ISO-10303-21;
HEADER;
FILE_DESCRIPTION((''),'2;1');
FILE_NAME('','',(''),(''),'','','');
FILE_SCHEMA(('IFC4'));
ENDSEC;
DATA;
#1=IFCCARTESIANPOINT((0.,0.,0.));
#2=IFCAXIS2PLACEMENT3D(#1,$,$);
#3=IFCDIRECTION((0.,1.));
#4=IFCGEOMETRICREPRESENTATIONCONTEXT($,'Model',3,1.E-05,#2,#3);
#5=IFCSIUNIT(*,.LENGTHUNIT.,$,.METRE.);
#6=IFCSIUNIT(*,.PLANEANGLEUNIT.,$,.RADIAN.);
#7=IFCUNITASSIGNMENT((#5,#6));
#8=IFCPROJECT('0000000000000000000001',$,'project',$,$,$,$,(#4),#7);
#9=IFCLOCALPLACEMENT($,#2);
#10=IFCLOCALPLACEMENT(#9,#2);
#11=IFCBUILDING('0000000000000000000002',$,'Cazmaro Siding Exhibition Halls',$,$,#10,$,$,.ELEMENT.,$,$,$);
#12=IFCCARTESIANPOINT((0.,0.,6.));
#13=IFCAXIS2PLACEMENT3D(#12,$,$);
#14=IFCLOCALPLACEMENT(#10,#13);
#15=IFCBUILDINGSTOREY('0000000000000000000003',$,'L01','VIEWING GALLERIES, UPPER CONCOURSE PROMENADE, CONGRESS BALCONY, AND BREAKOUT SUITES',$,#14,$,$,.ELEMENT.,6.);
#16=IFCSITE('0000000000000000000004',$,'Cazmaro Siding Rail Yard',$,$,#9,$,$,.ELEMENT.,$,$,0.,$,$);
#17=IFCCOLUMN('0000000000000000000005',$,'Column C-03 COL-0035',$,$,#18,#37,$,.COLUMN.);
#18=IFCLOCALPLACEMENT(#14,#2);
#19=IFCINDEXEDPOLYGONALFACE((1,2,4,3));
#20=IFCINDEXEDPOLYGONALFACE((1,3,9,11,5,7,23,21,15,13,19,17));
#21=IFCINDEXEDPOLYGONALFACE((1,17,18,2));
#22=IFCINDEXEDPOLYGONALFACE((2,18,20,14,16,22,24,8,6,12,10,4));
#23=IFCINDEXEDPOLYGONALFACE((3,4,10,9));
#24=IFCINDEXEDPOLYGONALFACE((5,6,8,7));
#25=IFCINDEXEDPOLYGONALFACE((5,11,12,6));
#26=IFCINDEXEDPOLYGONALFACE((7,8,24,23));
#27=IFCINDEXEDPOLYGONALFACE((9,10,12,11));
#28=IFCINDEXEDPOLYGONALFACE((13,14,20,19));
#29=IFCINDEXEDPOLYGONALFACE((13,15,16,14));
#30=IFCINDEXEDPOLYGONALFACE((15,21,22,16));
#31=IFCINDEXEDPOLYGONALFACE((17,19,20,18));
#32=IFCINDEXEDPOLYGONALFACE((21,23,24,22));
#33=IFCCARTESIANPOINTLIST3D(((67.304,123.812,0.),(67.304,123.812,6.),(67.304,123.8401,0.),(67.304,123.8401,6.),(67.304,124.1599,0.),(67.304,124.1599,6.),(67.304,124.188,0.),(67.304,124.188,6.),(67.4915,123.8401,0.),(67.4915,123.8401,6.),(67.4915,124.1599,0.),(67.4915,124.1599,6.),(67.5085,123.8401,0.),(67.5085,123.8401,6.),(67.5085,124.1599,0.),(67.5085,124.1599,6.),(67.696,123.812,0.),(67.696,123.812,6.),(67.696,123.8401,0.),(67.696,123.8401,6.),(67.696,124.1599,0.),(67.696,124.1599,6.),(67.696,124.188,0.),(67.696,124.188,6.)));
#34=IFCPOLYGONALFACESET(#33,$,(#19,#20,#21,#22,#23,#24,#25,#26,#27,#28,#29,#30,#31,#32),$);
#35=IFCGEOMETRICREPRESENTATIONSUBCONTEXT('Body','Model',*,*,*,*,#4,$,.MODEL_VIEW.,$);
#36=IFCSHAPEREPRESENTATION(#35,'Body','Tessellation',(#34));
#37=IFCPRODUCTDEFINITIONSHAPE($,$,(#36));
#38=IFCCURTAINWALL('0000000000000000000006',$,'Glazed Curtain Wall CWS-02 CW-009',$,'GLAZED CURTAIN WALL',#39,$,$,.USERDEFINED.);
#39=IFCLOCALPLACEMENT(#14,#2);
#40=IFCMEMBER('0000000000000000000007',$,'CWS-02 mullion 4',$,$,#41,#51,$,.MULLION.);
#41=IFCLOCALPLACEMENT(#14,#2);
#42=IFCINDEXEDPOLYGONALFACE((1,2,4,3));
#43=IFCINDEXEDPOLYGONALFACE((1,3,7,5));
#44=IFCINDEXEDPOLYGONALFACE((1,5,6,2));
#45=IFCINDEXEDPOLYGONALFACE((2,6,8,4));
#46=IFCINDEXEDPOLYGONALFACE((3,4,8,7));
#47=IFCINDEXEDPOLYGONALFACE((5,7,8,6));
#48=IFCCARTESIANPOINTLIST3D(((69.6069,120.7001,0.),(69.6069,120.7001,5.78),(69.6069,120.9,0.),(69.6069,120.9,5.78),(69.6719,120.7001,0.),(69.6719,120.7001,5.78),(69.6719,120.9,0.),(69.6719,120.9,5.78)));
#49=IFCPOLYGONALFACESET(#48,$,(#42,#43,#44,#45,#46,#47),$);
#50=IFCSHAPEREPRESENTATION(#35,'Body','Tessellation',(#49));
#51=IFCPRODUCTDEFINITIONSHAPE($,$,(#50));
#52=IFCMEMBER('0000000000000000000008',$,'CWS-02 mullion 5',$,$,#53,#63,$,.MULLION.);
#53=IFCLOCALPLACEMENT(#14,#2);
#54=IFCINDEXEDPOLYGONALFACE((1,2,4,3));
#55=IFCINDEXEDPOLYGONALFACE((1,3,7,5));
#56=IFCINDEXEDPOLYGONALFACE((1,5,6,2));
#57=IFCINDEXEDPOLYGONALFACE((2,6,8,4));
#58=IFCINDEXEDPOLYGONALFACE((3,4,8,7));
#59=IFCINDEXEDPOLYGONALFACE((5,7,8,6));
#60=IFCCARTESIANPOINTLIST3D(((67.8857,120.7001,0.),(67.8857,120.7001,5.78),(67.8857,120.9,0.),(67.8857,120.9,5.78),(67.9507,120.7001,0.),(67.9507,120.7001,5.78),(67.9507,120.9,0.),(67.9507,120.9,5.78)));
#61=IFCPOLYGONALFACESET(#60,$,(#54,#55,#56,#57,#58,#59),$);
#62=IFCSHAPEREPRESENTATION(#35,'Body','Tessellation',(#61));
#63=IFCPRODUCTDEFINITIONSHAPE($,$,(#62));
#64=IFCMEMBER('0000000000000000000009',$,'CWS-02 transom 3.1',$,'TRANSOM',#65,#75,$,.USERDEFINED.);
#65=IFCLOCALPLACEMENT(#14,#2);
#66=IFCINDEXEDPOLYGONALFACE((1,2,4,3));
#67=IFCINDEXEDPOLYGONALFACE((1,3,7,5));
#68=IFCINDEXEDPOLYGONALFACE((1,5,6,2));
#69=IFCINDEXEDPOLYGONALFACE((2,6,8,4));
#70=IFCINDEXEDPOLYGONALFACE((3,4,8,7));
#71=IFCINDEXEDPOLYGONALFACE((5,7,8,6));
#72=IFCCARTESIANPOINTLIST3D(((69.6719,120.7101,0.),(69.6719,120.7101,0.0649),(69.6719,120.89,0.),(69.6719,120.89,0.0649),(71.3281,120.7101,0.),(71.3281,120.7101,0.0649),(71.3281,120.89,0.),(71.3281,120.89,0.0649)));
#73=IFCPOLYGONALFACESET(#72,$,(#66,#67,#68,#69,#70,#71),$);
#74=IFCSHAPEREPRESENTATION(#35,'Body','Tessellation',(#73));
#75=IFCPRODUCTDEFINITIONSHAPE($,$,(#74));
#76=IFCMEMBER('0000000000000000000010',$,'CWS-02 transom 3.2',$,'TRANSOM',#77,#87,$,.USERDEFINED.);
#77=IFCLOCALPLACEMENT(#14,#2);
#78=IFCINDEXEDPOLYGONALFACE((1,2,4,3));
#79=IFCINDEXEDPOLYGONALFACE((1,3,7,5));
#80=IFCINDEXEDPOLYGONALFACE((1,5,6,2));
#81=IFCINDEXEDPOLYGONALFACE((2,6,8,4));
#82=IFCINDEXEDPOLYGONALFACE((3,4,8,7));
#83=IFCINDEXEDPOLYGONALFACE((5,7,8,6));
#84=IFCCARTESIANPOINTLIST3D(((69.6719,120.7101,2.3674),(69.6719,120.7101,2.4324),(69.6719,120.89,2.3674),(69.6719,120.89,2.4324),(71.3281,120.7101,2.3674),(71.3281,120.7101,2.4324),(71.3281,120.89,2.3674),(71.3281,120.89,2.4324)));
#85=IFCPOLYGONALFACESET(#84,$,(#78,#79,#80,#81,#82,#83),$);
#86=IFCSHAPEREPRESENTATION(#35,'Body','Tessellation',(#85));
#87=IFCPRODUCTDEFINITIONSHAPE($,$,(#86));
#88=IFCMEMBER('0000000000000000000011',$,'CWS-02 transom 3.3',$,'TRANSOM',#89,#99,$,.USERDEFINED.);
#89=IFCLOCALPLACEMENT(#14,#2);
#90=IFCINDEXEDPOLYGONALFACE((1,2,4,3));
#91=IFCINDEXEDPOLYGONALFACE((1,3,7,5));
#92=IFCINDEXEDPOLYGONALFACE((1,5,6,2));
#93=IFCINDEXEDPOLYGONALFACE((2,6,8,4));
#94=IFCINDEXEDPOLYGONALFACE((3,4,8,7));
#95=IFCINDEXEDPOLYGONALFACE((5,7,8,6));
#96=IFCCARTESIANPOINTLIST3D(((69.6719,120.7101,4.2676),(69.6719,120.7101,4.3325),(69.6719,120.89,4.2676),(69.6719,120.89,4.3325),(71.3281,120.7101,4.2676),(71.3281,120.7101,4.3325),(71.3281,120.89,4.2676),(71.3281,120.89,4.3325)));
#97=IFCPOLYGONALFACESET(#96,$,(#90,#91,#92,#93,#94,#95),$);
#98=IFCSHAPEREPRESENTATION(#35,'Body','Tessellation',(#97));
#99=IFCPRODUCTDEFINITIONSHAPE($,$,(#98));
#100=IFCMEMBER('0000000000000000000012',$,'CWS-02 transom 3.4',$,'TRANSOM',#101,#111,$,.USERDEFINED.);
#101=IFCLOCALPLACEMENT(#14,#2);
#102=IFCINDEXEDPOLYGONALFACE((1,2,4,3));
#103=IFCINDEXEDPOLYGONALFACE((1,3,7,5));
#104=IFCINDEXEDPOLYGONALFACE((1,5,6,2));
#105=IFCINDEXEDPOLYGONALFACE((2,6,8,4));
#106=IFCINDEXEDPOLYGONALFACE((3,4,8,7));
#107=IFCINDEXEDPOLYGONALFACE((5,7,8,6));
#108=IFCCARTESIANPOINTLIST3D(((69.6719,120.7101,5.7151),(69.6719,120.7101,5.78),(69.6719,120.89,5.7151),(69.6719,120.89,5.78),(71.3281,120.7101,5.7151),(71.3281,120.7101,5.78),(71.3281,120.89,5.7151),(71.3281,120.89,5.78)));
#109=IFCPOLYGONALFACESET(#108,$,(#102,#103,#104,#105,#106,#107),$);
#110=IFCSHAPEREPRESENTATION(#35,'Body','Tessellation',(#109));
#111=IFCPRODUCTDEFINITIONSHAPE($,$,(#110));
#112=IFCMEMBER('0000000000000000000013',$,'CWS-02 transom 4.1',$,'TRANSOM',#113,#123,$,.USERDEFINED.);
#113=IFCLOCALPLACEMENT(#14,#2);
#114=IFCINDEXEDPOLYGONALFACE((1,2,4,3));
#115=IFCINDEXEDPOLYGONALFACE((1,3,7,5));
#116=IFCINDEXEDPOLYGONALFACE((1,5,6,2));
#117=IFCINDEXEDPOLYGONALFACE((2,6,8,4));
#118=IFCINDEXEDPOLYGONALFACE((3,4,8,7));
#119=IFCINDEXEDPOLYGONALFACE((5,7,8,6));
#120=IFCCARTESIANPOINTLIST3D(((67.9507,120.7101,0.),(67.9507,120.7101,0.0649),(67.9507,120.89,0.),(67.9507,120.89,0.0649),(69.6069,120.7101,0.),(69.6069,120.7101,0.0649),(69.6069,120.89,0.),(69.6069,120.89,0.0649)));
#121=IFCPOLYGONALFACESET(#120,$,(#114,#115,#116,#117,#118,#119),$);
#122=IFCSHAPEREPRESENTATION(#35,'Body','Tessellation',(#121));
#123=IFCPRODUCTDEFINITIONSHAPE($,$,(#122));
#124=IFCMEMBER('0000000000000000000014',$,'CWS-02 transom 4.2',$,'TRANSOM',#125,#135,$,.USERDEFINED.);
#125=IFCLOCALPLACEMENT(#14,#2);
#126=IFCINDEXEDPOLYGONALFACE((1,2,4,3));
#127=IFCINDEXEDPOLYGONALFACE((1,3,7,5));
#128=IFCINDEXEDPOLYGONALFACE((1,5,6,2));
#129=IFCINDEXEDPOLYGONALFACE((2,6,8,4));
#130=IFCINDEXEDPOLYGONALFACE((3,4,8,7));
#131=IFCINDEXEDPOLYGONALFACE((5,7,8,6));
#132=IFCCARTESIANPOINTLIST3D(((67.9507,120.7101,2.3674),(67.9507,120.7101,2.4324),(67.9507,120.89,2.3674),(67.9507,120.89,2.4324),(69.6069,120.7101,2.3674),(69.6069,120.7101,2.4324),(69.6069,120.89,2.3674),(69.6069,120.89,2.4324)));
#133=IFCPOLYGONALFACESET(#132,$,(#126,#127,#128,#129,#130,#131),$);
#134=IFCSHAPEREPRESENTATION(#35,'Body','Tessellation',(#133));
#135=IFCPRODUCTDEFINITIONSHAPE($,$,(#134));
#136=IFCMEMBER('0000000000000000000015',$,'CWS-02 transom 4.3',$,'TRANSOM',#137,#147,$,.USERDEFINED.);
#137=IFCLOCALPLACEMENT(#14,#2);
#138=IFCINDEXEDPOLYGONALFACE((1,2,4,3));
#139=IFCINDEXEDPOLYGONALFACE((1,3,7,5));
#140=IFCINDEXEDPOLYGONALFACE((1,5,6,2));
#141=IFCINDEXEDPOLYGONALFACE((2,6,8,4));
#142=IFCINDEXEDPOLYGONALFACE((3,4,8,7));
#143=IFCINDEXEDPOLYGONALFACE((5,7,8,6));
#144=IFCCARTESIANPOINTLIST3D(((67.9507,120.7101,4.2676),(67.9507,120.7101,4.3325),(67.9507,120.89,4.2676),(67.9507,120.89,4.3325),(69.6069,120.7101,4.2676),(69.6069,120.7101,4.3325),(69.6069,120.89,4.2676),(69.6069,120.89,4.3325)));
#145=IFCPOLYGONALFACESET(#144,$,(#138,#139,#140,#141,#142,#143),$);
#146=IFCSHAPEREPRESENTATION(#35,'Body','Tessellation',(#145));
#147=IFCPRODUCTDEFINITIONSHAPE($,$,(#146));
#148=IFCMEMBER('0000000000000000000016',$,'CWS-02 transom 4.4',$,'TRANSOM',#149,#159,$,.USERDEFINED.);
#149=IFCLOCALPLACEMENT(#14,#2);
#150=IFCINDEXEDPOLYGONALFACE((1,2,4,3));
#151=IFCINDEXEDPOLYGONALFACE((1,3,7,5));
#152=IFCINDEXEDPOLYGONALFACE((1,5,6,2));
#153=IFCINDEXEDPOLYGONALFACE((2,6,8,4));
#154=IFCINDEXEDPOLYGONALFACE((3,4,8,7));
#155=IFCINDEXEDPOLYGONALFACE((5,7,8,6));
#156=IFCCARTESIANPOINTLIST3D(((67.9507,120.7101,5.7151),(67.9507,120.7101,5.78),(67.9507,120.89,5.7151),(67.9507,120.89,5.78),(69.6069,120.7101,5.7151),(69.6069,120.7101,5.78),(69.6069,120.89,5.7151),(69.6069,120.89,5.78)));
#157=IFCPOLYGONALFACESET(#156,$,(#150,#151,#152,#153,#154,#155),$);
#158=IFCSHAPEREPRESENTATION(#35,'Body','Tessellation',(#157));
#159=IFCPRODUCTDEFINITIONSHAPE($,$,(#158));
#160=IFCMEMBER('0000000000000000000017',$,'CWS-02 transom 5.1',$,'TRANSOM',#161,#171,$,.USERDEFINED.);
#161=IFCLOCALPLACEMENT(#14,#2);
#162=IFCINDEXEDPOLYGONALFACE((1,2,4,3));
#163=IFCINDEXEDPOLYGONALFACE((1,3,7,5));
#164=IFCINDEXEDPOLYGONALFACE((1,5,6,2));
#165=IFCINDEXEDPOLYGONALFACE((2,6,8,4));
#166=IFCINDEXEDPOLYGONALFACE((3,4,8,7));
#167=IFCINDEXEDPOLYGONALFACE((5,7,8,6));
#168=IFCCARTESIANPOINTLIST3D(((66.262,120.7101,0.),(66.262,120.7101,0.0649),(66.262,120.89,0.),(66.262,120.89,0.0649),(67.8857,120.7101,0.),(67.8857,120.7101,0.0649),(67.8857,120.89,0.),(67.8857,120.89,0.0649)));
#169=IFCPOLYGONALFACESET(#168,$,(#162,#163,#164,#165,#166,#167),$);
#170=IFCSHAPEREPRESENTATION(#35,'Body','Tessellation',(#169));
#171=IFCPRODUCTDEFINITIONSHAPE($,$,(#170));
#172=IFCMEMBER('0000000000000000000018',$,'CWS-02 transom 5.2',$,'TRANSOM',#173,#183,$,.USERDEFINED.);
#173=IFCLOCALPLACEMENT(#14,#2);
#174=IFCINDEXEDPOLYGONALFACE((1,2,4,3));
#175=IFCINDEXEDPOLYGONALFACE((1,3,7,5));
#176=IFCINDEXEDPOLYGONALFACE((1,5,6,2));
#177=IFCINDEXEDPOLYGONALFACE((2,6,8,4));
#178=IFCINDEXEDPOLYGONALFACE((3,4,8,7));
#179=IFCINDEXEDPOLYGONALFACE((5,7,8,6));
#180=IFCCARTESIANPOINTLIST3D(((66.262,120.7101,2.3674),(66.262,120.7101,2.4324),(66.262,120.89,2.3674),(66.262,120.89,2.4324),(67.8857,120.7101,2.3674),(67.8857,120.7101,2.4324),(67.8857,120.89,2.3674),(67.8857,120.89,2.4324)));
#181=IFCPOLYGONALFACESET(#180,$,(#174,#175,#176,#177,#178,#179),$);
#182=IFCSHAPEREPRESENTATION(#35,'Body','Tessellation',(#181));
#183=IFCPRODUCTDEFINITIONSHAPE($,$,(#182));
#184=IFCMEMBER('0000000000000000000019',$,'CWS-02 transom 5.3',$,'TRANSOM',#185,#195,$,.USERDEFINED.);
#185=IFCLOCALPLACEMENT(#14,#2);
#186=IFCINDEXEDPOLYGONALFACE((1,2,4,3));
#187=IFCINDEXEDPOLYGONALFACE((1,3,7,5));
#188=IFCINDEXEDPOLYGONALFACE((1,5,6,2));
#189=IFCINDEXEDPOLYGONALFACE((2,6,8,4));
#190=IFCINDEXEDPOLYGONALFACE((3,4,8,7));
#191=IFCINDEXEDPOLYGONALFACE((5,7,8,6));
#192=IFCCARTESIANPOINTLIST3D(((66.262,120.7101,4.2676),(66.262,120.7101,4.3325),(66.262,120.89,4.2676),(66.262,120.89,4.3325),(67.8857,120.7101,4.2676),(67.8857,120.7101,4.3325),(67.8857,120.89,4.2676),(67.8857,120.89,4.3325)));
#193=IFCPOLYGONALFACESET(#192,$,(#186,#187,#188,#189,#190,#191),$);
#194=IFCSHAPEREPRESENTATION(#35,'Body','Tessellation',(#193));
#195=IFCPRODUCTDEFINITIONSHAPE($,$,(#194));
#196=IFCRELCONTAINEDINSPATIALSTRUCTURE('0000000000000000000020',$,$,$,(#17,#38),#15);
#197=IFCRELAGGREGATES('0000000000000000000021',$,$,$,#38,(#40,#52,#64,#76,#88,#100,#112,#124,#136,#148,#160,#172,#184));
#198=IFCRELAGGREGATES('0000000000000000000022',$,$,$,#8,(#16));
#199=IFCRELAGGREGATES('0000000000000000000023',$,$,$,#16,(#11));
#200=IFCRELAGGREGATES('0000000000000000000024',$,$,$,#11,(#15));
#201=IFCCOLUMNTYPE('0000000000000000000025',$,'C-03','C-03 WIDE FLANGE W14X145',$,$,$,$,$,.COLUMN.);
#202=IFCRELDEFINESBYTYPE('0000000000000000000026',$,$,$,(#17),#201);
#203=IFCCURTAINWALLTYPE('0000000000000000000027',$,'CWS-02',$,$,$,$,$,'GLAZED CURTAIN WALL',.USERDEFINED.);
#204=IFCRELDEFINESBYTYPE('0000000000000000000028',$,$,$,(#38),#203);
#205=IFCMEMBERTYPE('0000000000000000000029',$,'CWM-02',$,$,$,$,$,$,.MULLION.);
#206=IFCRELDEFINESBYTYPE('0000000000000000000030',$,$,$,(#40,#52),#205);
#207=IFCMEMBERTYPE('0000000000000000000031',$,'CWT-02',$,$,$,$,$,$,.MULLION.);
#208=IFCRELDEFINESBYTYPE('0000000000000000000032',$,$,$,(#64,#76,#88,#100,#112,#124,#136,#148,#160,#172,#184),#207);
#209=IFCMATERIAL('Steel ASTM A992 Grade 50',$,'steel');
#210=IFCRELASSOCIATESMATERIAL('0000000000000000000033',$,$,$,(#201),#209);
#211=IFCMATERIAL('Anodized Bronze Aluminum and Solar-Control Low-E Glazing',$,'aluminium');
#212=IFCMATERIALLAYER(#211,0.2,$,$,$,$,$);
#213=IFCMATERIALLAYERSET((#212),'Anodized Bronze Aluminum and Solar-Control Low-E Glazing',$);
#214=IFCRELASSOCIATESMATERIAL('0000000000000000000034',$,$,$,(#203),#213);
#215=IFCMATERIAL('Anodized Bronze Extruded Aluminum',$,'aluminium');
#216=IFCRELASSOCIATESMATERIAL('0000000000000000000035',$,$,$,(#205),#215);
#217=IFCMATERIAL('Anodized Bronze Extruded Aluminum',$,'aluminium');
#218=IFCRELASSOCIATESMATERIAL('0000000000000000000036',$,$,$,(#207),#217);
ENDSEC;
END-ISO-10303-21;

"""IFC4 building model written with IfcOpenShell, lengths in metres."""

from ifc_helpers import new_model, si_unit, direction, frame, origin, origin_2d, place, context, subcontext, project, spatial, rectangle, i_section, extrude, material, layer, layer_set, material_profile, profile_set, type_object, element, aggregate, save


model = new_model("IFC4")

# Units and contexts
model_context = context("Model", 3, precision=1e-05, world=origin(), true_north=direction((0.0, 1.0)))
body_context = subcontext(model_context, "Body", "Model", "MODEL_VIEW")
ifc_project = project(units=[si_unit("LENGTHUNIT", "METRE"), si_unit("PLANEANGLEUNIT", "RADIAN")], contexts=[model_context])

# Site, building, storey
site_placement = place(None, origin())
site = spatial("IfcSite", under=ifc_project, at=site_placement, Name="Cazmaro Siding Rail Yard", CompositionType="ELEMENT", RefElevation=0.0)
building_placement = place(site_placement, origin())
building = spatial("IfcBuilding", under=site, at=building_placement, Name="Cazmaro Siding Exhibition Halls", CompositionType="ELEMENT")
storey_placement = place(building_placement, frame((0.0, 0.0, 6.0)))
storey = spatial("IfcBuildingStorey", under=building, at=storey_placement, Name="L01", Description="VIEWING GALLERIES, UPPER CONCOURSE PROMENADE, CONGRESS BALCONY, AND BREAKOUT SUITES", CompositionType="ELEMENT", Elevation=6.0)

# Column
ifc_material_1 = material(Name="Steel ASTM A992 Grade 50", Category="steel")
ifc_material_profile_1 = material_profile(ifc_material_1, i_section(OverallWidth=0.3921, OverallDepth=0.376, WebThickness=0.0171, FlangeThickness=0.0281, at=origin_2d()), Name="W14X145")
ifc_profile_set_1 = profile_set([ifc_material_profile_1], Name="Steel ASTM A992 Grade 50")
column_type = type_object("IfcColumnType", Name="C-03", Description="C-03 WIDE FLANGE W14X145", PredefinedType="COLUMN", material=ifc_profile_set_1)
column_placement = place(storey_placement, frame((67.5, 124.0, 0.0), z_axis=(0.0, 0.0, 1.0), x_axis=(1.0, 0.0, 0.0)))
element("IfcColumn", 1, at=column_placement, inside=storey, type_object=column_type, Name="Column C-03 COL-0035", PredefinedType="COLUMN", context=body_context, shape_type="SweptSolid", body=[
    extrude(i_section(OverallWidth=0.3921, OverallDepth=0.376, WebThickness=0.0171, FlangeThickness=0.0281, at=origin_2d()), origin(), (0.0, 0.0, 1.0), 6.0),
])

# Curtain wall, members
ifc_material_2 = material(Name="Anodized Bronze Aluminum and Solar-Control Low-E Glazing", Category="aluminium")
ifc_layer_1 = layer(ifc_material_2, 0.2)
ifc_layer_set_1 = layer_set([ifc_layer_1], Name="Anodized Bronze Aluminum and Solar-Control Low-E Glazing")
curtain_wall_type = type_object("IfcCurtainWallType", Name="CWS-02", ElementType="GLAZED CURTAIN WALL", PredefinedType="USERDEFINED", material=ifc_layer_set_1)
curtain_wall_placement = place(storey_placement, origin())
curtain_wall = element("IfcCurtainWall", 2, at=curtain_wall_placement, inside=storey, type_object=curtain_wall_type, Name="Glazed Curtain Wall CWS-02 CW-009", ObjectType="GLAZED CURTAIN WALL", PredefinedType="USERDEFINED")
ifc_material_3 = material(Name="Anodized Bronze Extruded Aluminum", Category="aluminium")
ifc_material_profile_2 = material_profile(ifc_material_3, rectangle(XDim=0.2, YDim=0.0649, at=origin_2d()), Name="CWM-02")
ifc_profile_set_2 = profile_set([ifc_material_profile_2], Name="Anodized Bronze Extruded Aluminum")
member_type_1 = type_object("IfcMemberType", Name="CWM-02", PredefinedType="MULLION", material=ifc_profile_set_2)
member_1_placement = place(storey_placement, frame((69.6394, 120.8, 0.0), z_axis=(0.0, 0.0, 1.0), x_axis=(0.0, -1.0, 0.0)))
member_1 = element("IfcMember", 3, at=member_1_placement, type_object=member_type_1, Name="CWS-02 mullion 4", PredefinedType="MULLION", context=body_context, shape_type="SweptSolid", body=[
    extrude(rectangle(XDim=0.2, YDim=0.0649, at=origin_2d()), origin(), (0.0, 0.0, 1.0), 5.78),
])
member_2_placement = place(storey_placement, frame((67.9182, 120.8, 0.0), z_axis=(0.0, 0.0, 1.0), x_axis=(0.0, -1.0, 0.0)))
member_2 = element("IfcMember", 4, at=member_2_placement, type_object=member_type_1, Name="CWS-02 mullion 5", PredefinedType="MULLION", context=body_context, shape_type="SweptSolid", body=[
    extrude(rectangle(XDim=0.2, YDim=0.0649, at=origin_2d()), origin(), (0.0, 0.0, 1.0), 5.78),
])
ifc_material_4 = material(Name="Anodized Bronze Extruded Aluminum", Category="aluminium")
ifc_material_profile_3 = material_profile(ifc_material_4, rectangle(XDim=0.1799, YDim=0.0649, at=origin_2d()), Name="CWT-02")
ifc_profile_set_3 = profile_set([ifc_material_profile_3], Name="Anodized Bronze Extruded Aluminum")
member_type_2 = type_object("IfcMemberType", Name="CWT-02", PredefinedType="MULLION", material=ifc_profile_set_3)
member_3_placement = place(storey_placement, frame((71.3281, 120.8, 0.0325), z_axis=(-1.0, 0.0, 0.0), x_axis=(0.0, -1.0, 0.0)))
member_3 = element("IfcMember", 5, at=member_3_placement, type_object=member_type_2, Name="CWS-02 transom 3.1", ObjectType="TRANSOM", PredefinedType="USERDEFINED", context=body_context, shape_type="SweptSolid", body=[
    extrude(rectangle(XDim=0.1799, YDim=0.0649, at=origin_2d()), origin(), (0.0, 0.0, 1.0), 1.6562),
])
member_4_placement = place(storey_placement, frame((71.3281, 120.8, 2.3999), z_axis=(-1.0, 0.0, 0.0), x_axis=(0.0, -1.0, 0.0)))
member_4 = element("IfcMember", 6, at=member_4_placement, type_object=member_type_2, Name="CWS-02 transom 3.2", ObjectType="TRANSOM", PredefinedType="USERDEFINED", context=body_context, shape_type="SweptSolid", body=[
    extrude(rectangle(XDim=0.1799, YDim=0.0649, at=origin_2d()), origin(), (0.0, 0.0, 1.0), 1.6562),
])
member_5_placement = place(storey_placement, frame((71.3281, 120.8, 4.3), z_axis=(-1.0, 0.0, 0.0), x_axis=(0.0, -1.0, 0.0)))
member_5 = element("IfcMember", 7, at=member_5_placement, type_object=member_type_2, Name="CWS-02 transom 3.3", ObjectType="TRANSOM", PredefinedType="USERDEFINED", context=body_context, shape_type="SweptSolid", body=[
    extrude(rectangle(XDim=0.1799, YDim=0.0649, at=origin_2d()), origin(), (0.0, 0.0, 1.0), 1.6562),
])
member_6_placement = place(storey_placement, frame((71.3281, 120.8, 5.7476), z_axis=(-1.0, 0.0, 0.0), x_axis=(0.0, -1.0, 0.0)))
member_6 = element("IfcMember", 8, at=member_6_placement, type_object=member_type_2, Name="CWS-02 transom 3.4", ObjectType="TRANSOM", PredefinedType="USERDEFINED", context=body_context, shape_type="SweptSolid", body=[
    extrude(rectangle(XDim=0.1799, YDim=0.0649, at=origin_2d()), origin(), (0.0, 0.0, 1.0), 1.6562),
])
member_7_placement = place(storey_placement, frame((69.6069, 120.8, 0.0325), z_axis=(-1.0, 0.0, 0.0), x_axis=(0.0, -1.0, 0.0)))
member_7 = element("IfcMember", 9, at=member_7_placement, type_object=member_type_2, Name="CWS-02 transom 4.1", ObjectType="TRANSOM", PredefinedType="USERDEFINED", context=body_context, shape_type="SweptSolid", body=[
    extrude(rectangle(XDim=0.1799, YDim=0.0649, at=origin_2d()), origin(), (0.0, 0.0, 1.0), 1.6562),
])
member_8_placement = place(storey_placement, frame((69.6069, 120.8, 2.3999), z_axis=(-1.0, 0.0, 0.0), x_axis=(0.0, -1.0, 0.0)))
member_8 = element("IfcMember", 10, at=member_8_placement, type_object=member_type_2, Name="CWS-02 transom 4.2", ObjectType="TRANSOM", PredefinedType="USERDEFINED", context=body_context, shape_type="SweptSolid", body=[
    extrude(rectangle(XDim=0.1799, YDim=0.0649, at=origin_2d()), origin(), (0.0, 0.0, 1.0), 1.6562),
])
member_9_placement = place(storey_placement, frame((69.6069, 120.8, 4.3), z_axis=(-1.0, 0.0, 0.0), x_axis=(0.0, -1.0, 0.0)))
member_9 = element("IfcMember", 11, at=member_9_placement, type_object=member_type_2, Name="CWS-02 transom 4.3", ObjectType="TRANSOM", PredefinedType="USERDEFINED", context=body_context, shape_type="SweptSolid", body=[
    extrude(rectangle(XDim=0.1799, YDim=0.0649, at=origin_2d()), origin(), (0.0, 0.0, 1.0), 1.6562),
])
member_10_placement = place(storey_placement, frame((69.6069, 120.8, 5.7476), z_axis=(-1.0, 0.0, 0.0), x_axis=(0.0, -1.0, 0.0)))
member_10 = element("IfcMember", 12, at=member_10_placement, type_object=member_type_2, Name="CWS-02 transom 4.4", ObjectType="TRANSOM", PredefinedType="USERDEFINED", context=body_context, shape_type="SweptSolid", body=[
    extrude(rectangle(XDim=0.1799, YDim=0.0649, at=origin_2d()), origin(), (0.0, 0.0, 1.0), 1.6562),
])
member_11_placement = place(storey_placement, frame((67.8857, 120.8, 0.0325), z_axis=(-1.0, 0.0, 0.0), x_axis=(0.0, -1.0, 0.0)))
member_11 = element("IfcMember", 13, at=member_11_placement, type_object=member_type_2, Name="CWS-02 transom 5.1", ObjectType="TRANSOM", PredefinedType="USERDEFINED", context=body_context, shape_type="SweptSolid", body=[
    extrude(rectangle(XDim=0.1799, YDim=0.0649, at=origin_2d()), origin(), (0.0, 0.0, 1.0), 1.6238),
])
member_12_placement = place(storey_placement, frame((67.8857, 120.8, 2.3999), z_axis=(-1.0, 0.0, 0.0), x_axis=(0.0, -1.0, 0.0)))
member_12 = element("IfcMember", 14, at=member_12_placement, type_object=member_type_2, Name="CWS-02 transom 5.2", ObjectType="TRANSOM", PredefinedType="USERDEFINED", context=body_context, shape_type="SweptSolid", body=[
    extrude(rectangle(XDim=0.1799, YDim=0.0649, at=origin_2d()), origin(), (0.0, 0.0, 1.0), 1.6238),
])
member_13_placement = place(storey_placement, frame((67.8857, 120.8, 4.3), z_axis=(-1.0, 0.0, 0.0), x_axis=(0.0, -1.0, 0.0)))
member_13 = element("IfcMember", 15, at=member_13_placement, type_object=member_type_2, Name="CWS-02 transom 5.3", ObjectType="TRANSOM", PredefinedType="USERDEFINED", context=body_context, shape_type="SweptSolid", body=[
    extrude(rectangle(XDim=0.1799, YDim=0.0649, at=origin_2d()), origin(), (0.0, 0.0, 1.0), 1.6238),
])

aggregate(curtain_wall, [member_1, member_2, member_3, member_4, member_5, member_6, member_7, member_8, member_9, member_10, member_11, member_12, member_13])

save(model, "model.ifc")
